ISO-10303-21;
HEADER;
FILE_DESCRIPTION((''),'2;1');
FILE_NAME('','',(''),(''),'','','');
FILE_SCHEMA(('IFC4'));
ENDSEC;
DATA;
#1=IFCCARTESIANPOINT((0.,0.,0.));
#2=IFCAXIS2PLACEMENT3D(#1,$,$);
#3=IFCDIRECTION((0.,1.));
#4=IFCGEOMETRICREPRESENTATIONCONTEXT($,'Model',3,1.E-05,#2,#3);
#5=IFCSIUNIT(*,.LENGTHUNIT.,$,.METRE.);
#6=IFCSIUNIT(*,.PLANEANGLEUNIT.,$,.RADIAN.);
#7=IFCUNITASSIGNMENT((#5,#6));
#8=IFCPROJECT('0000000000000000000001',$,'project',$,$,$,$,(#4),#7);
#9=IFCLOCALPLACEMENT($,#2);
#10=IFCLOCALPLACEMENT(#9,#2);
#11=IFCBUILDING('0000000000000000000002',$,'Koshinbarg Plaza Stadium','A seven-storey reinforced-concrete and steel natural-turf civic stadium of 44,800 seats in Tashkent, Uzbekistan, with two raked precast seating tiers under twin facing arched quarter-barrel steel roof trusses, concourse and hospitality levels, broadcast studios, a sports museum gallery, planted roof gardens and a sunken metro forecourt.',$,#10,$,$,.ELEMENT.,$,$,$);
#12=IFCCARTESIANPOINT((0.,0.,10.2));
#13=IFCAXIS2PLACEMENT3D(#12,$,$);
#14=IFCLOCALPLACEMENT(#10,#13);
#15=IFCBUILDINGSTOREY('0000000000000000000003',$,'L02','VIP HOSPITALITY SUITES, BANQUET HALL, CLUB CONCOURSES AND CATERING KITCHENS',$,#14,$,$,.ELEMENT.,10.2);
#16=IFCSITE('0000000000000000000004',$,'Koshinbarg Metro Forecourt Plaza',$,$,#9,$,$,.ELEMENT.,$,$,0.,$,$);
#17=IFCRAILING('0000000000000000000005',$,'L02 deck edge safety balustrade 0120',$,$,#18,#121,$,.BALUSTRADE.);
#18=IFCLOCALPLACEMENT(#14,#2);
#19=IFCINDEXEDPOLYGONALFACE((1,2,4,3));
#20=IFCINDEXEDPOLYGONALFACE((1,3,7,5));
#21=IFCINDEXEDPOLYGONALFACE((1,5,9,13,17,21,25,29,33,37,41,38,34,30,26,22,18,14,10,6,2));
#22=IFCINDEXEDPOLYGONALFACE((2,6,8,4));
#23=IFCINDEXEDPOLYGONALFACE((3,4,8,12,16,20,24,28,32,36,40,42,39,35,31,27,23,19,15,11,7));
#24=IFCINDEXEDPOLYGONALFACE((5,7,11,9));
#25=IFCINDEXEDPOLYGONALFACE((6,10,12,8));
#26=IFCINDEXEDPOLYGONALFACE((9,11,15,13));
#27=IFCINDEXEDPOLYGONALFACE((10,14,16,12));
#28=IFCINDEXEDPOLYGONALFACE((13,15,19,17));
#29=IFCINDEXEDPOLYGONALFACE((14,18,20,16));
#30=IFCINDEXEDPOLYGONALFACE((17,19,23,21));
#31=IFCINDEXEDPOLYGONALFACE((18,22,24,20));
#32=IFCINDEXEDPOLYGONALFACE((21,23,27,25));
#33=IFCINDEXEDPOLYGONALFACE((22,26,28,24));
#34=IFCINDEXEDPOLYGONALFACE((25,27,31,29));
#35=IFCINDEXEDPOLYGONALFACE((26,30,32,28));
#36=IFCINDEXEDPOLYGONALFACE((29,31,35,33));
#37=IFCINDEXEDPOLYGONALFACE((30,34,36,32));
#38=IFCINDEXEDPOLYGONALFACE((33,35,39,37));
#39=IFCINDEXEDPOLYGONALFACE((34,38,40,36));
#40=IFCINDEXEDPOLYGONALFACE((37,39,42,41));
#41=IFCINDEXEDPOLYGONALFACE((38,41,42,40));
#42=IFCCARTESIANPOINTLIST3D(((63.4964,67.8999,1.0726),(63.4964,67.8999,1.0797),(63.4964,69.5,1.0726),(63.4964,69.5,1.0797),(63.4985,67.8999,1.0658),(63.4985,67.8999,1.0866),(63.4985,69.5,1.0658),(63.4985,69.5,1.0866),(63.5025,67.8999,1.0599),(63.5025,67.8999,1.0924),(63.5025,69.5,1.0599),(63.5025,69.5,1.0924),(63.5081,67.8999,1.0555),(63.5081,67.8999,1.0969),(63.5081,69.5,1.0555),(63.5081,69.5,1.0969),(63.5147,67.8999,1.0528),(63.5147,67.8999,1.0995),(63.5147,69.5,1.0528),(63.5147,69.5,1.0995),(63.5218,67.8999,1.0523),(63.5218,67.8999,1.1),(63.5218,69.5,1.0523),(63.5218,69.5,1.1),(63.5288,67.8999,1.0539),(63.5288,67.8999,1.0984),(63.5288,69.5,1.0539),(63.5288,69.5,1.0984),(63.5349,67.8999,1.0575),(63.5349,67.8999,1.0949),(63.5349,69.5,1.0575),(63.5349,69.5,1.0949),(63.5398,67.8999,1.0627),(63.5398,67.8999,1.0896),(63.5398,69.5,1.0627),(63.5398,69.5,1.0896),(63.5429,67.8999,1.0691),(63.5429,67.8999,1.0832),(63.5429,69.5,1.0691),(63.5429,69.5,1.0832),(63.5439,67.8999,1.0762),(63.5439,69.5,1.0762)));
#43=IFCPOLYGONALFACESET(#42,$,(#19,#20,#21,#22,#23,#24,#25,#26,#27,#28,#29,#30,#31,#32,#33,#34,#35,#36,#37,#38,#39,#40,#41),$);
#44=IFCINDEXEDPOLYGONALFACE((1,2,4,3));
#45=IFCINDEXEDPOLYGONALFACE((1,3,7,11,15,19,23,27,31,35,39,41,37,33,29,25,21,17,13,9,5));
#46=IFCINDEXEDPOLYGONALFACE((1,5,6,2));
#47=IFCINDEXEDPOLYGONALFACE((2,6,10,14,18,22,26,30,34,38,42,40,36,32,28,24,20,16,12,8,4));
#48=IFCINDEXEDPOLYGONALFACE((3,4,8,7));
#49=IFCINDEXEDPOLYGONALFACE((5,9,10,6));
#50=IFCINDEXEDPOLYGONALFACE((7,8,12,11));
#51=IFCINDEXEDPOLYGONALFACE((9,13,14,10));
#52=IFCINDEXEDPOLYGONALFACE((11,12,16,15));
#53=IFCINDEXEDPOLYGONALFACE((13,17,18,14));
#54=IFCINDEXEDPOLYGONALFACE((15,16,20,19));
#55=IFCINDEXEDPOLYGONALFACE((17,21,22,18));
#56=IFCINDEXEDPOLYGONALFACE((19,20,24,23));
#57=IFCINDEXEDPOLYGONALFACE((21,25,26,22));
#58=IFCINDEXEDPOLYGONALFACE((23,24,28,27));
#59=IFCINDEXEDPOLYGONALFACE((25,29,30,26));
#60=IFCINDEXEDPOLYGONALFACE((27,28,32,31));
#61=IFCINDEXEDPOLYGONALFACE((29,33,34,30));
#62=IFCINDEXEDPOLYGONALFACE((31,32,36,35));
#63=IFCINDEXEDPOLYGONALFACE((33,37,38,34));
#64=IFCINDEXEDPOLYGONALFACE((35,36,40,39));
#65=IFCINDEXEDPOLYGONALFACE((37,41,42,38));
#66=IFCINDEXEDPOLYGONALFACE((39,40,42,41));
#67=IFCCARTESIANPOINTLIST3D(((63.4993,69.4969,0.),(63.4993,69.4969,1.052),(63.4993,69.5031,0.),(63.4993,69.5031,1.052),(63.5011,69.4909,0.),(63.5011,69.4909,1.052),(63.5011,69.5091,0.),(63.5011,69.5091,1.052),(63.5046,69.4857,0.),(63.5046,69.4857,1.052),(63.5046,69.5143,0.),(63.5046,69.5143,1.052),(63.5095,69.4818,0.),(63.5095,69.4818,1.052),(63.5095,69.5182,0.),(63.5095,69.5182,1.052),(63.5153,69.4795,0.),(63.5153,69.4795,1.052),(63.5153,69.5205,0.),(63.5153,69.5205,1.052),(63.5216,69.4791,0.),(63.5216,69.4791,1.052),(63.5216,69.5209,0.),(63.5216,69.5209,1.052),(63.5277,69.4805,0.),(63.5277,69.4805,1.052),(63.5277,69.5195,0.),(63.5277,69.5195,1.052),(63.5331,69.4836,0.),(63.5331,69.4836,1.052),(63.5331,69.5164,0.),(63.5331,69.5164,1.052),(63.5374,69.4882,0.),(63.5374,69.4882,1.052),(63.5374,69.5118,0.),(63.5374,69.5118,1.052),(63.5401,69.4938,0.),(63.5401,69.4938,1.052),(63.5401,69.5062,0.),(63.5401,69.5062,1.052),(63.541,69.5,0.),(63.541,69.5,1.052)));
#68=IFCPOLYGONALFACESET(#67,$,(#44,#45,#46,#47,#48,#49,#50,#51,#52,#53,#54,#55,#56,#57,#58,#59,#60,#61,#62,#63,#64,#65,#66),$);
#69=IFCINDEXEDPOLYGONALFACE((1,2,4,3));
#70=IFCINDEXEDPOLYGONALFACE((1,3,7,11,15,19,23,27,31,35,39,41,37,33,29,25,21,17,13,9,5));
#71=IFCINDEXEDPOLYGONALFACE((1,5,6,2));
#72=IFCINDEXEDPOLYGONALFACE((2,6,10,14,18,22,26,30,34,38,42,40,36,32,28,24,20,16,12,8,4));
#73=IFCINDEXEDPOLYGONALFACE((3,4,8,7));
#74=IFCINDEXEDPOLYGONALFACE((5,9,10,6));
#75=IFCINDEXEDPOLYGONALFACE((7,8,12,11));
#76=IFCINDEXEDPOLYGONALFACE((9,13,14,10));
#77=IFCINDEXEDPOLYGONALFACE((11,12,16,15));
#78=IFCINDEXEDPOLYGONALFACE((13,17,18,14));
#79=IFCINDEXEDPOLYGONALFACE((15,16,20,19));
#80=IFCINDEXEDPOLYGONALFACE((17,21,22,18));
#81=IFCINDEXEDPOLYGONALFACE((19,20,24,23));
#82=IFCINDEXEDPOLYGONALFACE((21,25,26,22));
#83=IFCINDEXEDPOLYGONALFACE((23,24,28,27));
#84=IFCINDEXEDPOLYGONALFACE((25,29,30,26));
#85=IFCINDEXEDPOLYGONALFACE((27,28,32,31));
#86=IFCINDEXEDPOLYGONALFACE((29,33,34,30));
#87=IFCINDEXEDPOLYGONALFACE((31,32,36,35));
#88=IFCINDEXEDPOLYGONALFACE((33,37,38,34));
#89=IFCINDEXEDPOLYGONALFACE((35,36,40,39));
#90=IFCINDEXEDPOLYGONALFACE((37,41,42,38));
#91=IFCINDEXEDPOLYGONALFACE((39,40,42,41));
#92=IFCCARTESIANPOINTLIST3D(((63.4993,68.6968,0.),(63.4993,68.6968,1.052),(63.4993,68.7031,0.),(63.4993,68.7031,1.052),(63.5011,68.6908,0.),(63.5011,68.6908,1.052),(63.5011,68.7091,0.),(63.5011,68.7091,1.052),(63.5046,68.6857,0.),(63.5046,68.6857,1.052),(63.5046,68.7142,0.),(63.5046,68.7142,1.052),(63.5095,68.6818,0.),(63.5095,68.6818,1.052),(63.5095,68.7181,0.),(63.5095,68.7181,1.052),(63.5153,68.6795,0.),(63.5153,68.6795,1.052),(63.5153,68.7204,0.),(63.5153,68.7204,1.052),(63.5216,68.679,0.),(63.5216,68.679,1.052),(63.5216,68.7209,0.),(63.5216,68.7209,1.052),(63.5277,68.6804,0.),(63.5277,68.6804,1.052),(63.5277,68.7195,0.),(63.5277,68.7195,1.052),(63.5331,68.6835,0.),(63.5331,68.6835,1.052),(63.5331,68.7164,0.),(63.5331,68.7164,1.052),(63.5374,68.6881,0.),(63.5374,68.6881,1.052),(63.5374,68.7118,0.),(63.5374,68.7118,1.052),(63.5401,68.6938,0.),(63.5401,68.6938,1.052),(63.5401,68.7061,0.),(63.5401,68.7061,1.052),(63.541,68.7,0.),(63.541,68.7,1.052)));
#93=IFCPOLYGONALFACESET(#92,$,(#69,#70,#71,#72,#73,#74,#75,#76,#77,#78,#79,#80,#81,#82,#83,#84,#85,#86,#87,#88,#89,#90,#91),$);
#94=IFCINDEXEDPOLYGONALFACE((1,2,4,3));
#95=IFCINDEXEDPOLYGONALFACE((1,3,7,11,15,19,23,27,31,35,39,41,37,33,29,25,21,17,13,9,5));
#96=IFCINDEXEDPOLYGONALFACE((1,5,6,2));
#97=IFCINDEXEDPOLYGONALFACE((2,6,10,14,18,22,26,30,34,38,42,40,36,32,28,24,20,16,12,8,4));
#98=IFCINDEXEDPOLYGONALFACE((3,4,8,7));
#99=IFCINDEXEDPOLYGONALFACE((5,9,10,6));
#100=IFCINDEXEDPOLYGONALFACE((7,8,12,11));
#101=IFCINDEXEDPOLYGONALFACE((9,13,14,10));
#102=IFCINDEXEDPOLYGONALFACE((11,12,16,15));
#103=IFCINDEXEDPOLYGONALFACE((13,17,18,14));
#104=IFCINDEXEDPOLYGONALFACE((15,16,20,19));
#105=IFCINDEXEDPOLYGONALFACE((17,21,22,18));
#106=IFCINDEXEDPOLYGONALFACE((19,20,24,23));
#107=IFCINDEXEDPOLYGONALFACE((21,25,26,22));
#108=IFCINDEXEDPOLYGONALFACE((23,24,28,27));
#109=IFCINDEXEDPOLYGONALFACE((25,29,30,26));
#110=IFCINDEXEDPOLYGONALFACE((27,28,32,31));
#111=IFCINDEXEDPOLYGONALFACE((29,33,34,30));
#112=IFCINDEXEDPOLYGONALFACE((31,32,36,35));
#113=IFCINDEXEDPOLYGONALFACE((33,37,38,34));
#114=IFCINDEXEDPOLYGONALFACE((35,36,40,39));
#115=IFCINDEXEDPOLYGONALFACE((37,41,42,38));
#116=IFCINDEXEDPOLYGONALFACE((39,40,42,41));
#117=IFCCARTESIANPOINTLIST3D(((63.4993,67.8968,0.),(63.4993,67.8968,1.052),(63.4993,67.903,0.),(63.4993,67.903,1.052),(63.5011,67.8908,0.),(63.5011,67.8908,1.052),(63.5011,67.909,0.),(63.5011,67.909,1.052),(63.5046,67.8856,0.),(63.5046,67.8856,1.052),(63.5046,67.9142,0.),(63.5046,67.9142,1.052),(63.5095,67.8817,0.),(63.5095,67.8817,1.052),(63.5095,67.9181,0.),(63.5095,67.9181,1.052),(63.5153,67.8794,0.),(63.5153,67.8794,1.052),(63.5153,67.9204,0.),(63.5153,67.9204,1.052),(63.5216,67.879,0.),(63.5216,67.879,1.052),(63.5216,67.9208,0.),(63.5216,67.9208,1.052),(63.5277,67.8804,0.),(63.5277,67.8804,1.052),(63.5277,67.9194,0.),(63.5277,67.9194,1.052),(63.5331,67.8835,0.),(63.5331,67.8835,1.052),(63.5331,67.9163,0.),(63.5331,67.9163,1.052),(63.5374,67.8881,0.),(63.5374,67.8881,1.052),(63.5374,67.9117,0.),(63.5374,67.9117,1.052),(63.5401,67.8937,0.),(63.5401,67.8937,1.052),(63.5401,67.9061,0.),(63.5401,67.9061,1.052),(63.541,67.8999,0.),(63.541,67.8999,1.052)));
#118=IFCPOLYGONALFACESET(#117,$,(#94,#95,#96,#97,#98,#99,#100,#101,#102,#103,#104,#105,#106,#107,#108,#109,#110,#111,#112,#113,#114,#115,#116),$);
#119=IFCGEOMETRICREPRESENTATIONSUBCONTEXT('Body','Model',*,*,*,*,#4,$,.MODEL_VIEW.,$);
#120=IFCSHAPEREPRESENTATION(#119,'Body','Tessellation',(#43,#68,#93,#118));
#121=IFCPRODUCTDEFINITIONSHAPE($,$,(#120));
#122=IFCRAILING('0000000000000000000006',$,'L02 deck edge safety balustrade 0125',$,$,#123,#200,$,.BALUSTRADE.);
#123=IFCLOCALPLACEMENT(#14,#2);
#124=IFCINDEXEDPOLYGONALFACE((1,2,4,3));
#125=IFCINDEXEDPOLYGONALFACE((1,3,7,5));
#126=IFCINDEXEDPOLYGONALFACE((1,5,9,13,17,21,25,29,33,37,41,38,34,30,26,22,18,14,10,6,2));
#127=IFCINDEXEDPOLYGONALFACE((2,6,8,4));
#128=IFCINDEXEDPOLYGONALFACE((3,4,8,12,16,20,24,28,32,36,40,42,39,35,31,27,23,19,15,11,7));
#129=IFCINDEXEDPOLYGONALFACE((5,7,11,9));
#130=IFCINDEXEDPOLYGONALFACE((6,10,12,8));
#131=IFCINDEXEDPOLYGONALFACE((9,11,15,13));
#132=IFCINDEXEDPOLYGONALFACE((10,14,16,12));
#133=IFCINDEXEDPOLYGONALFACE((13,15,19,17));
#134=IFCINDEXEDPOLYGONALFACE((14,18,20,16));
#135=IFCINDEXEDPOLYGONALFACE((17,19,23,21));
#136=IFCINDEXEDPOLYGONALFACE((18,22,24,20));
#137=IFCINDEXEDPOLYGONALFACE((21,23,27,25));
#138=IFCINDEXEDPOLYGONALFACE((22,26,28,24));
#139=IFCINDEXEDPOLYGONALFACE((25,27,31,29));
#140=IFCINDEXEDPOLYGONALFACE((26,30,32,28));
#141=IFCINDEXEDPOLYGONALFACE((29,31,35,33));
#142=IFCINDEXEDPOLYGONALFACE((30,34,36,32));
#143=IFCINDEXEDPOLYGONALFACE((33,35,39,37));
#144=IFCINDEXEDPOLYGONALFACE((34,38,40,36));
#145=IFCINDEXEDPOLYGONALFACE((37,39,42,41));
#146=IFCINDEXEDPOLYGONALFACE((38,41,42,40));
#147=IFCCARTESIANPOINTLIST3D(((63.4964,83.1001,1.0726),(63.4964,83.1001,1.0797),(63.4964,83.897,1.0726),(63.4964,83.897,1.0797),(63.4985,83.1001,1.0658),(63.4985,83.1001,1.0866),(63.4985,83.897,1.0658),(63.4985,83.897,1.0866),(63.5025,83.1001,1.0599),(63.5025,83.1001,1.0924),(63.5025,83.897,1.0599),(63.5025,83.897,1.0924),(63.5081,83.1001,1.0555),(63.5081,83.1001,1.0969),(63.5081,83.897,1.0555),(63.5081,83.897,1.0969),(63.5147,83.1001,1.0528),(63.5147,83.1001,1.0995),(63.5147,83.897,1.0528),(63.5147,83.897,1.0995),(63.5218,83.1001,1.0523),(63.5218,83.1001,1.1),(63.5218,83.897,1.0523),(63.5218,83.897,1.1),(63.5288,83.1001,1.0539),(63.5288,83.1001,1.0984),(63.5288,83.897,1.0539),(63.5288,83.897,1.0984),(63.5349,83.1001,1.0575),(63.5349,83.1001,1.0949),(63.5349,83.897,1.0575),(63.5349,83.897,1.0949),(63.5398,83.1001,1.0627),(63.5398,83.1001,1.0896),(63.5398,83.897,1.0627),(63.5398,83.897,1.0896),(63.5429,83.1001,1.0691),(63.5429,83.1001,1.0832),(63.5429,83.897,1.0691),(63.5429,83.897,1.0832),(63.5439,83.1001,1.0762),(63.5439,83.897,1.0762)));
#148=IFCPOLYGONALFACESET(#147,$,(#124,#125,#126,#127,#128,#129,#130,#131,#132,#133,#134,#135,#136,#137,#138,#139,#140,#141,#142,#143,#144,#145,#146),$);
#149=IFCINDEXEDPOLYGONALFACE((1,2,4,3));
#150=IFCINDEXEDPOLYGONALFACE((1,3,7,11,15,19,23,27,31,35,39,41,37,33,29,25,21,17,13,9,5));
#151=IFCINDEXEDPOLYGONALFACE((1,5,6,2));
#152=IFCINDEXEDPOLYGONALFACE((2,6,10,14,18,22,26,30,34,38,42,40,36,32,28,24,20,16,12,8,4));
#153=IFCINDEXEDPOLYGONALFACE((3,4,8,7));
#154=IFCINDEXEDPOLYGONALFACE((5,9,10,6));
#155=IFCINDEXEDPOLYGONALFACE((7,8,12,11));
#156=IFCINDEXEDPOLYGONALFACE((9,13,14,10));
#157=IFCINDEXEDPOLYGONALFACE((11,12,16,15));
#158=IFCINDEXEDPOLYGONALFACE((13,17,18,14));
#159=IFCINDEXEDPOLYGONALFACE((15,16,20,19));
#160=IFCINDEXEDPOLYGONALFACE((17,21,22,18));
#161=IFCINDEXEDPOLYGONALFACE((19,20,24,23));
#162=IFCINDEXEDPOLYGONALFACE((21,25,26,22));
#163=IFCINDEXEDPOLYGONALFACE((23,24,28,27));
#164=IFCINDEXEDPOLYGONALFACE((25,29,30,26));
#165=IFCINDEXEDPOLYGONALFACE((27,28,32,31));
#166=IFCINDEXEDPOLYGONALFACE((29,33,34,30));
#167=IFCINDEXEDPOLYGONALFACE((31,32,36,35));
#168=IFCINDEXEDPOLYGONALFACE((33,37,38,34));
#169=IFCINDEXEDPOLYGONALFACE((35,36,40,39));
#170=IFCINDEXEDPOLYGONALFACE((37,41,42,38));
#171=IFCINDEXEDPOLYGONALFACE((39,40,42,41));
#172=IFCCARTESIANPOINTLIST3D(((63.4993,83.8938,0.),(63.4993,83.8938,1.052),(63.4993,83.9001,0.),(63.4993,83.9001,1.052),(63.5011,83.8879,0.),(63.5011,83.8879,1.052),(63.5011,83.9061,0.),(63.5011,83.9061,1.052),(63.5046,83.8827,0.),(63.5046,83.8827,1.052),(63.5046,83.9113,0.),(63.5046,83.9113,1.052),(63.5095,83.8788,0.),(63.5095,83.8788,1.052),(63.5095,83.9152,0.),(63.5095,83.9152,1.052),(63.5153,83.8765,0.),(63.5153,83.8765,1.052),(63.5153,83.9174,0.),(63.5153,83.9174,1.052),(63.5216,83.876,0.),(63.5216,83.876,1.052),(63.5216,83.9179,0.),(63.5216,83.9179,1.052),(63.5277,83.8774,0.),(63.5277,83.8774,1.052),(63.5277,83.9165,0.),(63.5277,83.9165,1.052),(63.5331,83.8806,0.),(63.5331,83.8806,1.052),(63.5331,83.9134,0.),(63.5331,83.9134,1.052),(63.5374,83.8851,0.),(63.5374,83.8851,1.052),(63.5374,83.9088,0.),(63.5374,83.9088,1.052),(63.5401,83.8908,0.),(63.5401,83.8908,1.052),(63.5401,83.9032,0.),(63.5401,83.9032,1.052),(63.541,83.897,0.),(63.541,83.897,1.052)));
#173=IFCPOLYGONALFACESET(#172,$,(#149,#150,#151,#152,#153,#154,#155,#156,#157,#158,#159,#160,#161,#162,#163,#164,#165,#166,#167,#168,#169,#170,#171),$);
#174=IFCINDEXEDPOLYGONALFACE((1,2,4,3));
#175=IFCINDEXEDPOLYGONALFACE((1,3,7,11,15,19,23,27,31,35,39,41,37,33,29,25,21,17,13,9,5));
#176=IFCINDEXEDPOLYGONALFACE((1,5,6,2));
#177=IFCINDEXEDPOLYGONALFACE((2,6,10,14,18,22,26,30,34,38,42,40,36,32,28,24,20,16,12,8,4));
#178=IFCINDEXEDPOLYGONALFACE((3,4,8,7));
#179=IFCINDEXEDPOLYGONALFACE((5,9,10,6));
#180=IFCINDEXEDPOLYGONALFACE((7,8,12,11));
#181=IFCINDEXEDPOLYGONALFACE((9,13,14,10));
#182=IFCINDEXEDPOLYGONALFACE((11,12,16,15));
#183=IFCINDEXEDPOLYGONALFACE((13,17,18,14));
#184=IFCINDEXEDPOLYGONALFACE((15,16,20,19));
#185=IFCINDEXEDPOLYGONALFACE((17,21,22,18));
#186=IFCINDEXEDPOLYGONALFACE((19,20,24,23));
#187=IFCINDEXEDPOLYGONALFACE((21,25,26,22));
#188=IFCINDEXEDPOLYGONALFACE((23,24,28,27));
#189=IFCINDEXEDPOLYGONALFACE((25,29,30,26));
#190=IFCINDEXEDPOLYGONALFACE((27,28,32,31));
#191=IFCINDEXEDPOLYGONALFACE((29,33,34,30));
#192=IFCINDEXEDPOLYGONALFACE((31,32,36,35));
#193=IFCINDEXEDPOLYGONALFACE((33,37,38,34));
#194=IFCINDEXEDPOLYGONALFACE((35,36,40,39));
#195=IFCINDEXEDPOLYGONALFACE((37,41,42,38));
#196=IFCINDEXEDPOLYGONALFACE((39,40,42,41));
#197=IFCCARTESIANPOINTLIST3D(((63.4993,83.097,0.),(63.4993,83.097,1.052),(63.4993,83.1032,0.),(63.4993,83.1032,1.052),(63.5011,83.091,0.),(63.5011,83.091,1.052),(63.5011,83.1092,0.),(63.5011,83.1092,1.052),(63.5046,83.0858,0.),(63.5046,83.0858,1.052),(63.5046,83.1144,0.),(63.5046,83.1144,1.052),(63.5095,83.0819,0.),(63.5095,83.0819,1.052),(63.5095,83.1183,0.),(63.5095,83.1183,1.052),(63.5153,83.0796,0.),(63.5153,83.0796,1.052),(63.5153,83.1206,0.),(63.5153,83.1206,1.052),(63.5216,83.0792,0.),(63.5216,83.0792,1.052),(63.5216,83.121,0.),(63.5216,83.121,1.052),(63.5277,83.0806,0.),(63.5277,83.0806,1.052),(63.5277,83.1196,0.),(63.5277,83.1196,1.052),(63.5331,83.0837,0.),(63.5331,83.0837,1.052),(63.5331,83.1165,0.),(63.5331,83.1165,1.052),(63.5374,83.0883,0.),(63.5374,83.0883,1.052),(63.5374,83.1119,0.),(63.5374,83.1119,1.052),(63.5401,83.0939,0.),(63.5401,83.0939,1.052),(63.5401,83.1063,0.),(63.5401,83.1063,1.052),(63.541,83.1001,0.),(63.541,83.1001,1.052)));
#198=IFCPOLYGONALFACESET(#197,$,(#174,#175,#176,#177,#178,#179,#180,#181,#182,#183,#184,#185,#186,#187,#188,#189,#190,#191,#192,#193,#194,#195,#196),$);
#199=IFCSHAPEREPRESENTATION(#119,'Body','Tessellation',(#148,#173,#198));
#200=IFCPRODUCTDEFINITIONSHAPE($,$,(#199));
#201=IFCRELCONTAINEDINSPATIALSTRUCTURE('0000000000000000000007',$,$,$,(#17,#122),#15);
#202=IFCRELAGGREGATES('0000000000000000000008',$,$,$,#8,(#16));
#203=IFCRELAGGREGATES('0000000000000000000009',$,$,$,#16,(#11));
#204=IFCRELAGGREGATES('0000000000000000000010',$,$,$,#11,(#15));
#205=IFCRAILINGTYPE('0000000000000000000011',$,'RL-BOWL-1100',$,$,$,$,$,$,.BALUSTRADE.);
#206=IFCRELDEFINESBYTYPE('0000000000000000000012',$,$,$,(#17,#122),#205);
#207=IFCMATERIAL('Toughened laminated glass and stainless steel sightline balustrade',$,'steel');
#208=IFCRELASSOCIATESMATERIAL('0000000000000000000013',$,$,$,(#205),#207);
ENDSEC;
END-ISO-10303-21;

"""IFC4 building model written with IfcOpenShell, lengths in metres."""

from ifc_helpers import new_model, si_unit, direction, frame, origin, origin_2d, place, context, subcontext, project, spatial, circle, extrude, material, type_object, element, save


model = new_model("IFC4")

# Units and contexts
model_context = context("Model", 3, precision=1e-05, world=origin(), true_north=direction((0.0, 1.0)))
body_context = subcontext(model_context, "Body", "Model", "MODEL_VIEW")
ifc_project = project(units=[si_unit("LENGTHUNIT", "METRE"), si_unit("PLANEANGLEUNIT", "RADIAN")], contexts=[model_context])

# Site, building, storey
site_placement = place(None, origin())
site = spatial("IfcSite", under=ifc_project, at=site_placement, Name="Koshinbarg Metro Forecourt Plaza", CompositionType="ELEMENT", RefElevation=0.0)
building_placement = place(site_placement, origin())
building = spatial("IfcBuilding", under=site, at=building_placement, Name="Koshinbarg Plaza Stadium", Description="A seven-storey reinforced-concrete and steel natural-turf civic stadium of 44,800 seats in Tashkent, Uzbekistan, with two raked precast seating tiers under twin facing arched quarter-barrel steel roof trusses, concourse and hospitality levels, broadcast studios, a sports museum gallery, planted roof gardens and a sunken metro forecourt.", CompositionType="ELEMENT")
storey_placement = place(building_placement, frame((0.0, 0.0, 10.2)))
storey = spatial("IfcBuildingStorey", under=building, at=storey_placement, Name="L02", Description="VIP HOSPITALITY SUITES, BANQUET HALL, CLUB CONCOURSES AND CATERING KITCHENS", CompositionType="ELEMENT", Elevation=10.2)

# Railings
ifc_material_1 = material(Name="Toughened laminated glass and stainless steel sightline balustrade", Category="steel")
railing_type = type_object("IfcRailingType", Name="RL-BOWL-1100", PredefinedType="BALUSTRADE", material=ifc_material_1)
railing_1_placement = place(storey_placement, frame((63.52, 69.5, 0.0)))
element("IfcRailing", 1, at=railing_1_placement, inside=storey, type_object=railing_type, Name="L02 deck edge safety balustrade 0120", PredefinedType="BALUSTRADE", context=body_context, shape_type="SweptSolid", body=[
    extrude(circle(Radius=0.0239, at=origin_2d()), frame((0.0, 0.0, 1.0762), z_axis=(0.0, -1.0, 0.0), x_axis=(1.0, 0.0, 0.0)), (0.0, 0.0, 1.0), 1.6001),
    extrude(circle(Radius=0.021, at=origin_2d()), origin(), (0.0, 0.0, 1.0), 1.052),
    extrude(circle(Radius=0.021, at=origin_2d()), frame((0.0, -0.8, 0.0)), (0.0, 0.0, 1.0), 1.052),
    extrude(circle(Radius=0.021, at=origin_2d()), frame((0.0, -1.6001, 0.0)), (0.0, 0.0, 1.0), 1.052),
])
railing_2_placement = place(storey_placement, frame((63.52, 83.897, 0.0)))
element("IfcRailing", 2, at=railing_2_placement, inside=storey, type_object=railing_type, Name="L02 deck edge safety balustrade 0125", PredefinedType="BALUSTRADE", context=body_context, shape_type="SweptSolid", body=[
    extrude(circle(Radius=0.0239, at=origin_2d()), frame((0.0, 0.0, 1.0762), z_axis=(0.0, -1.0, 0.0), x_axis=(1.0, 0.0, 0.0)), (0.0, 0.0, 1.0), 0.7969),
    extrude(circle(Radius=0.021, at=origin_2d()), origin(), (0.0, 0.0, 1.0), 1.052),
    extrude(circle(Radius=0.021, at=origin_2d()), frame((0.0, -0.7969, 0.0)), (0.0, 0.0, 1.0), 1.052),
])

save(model, "model.ifc")
